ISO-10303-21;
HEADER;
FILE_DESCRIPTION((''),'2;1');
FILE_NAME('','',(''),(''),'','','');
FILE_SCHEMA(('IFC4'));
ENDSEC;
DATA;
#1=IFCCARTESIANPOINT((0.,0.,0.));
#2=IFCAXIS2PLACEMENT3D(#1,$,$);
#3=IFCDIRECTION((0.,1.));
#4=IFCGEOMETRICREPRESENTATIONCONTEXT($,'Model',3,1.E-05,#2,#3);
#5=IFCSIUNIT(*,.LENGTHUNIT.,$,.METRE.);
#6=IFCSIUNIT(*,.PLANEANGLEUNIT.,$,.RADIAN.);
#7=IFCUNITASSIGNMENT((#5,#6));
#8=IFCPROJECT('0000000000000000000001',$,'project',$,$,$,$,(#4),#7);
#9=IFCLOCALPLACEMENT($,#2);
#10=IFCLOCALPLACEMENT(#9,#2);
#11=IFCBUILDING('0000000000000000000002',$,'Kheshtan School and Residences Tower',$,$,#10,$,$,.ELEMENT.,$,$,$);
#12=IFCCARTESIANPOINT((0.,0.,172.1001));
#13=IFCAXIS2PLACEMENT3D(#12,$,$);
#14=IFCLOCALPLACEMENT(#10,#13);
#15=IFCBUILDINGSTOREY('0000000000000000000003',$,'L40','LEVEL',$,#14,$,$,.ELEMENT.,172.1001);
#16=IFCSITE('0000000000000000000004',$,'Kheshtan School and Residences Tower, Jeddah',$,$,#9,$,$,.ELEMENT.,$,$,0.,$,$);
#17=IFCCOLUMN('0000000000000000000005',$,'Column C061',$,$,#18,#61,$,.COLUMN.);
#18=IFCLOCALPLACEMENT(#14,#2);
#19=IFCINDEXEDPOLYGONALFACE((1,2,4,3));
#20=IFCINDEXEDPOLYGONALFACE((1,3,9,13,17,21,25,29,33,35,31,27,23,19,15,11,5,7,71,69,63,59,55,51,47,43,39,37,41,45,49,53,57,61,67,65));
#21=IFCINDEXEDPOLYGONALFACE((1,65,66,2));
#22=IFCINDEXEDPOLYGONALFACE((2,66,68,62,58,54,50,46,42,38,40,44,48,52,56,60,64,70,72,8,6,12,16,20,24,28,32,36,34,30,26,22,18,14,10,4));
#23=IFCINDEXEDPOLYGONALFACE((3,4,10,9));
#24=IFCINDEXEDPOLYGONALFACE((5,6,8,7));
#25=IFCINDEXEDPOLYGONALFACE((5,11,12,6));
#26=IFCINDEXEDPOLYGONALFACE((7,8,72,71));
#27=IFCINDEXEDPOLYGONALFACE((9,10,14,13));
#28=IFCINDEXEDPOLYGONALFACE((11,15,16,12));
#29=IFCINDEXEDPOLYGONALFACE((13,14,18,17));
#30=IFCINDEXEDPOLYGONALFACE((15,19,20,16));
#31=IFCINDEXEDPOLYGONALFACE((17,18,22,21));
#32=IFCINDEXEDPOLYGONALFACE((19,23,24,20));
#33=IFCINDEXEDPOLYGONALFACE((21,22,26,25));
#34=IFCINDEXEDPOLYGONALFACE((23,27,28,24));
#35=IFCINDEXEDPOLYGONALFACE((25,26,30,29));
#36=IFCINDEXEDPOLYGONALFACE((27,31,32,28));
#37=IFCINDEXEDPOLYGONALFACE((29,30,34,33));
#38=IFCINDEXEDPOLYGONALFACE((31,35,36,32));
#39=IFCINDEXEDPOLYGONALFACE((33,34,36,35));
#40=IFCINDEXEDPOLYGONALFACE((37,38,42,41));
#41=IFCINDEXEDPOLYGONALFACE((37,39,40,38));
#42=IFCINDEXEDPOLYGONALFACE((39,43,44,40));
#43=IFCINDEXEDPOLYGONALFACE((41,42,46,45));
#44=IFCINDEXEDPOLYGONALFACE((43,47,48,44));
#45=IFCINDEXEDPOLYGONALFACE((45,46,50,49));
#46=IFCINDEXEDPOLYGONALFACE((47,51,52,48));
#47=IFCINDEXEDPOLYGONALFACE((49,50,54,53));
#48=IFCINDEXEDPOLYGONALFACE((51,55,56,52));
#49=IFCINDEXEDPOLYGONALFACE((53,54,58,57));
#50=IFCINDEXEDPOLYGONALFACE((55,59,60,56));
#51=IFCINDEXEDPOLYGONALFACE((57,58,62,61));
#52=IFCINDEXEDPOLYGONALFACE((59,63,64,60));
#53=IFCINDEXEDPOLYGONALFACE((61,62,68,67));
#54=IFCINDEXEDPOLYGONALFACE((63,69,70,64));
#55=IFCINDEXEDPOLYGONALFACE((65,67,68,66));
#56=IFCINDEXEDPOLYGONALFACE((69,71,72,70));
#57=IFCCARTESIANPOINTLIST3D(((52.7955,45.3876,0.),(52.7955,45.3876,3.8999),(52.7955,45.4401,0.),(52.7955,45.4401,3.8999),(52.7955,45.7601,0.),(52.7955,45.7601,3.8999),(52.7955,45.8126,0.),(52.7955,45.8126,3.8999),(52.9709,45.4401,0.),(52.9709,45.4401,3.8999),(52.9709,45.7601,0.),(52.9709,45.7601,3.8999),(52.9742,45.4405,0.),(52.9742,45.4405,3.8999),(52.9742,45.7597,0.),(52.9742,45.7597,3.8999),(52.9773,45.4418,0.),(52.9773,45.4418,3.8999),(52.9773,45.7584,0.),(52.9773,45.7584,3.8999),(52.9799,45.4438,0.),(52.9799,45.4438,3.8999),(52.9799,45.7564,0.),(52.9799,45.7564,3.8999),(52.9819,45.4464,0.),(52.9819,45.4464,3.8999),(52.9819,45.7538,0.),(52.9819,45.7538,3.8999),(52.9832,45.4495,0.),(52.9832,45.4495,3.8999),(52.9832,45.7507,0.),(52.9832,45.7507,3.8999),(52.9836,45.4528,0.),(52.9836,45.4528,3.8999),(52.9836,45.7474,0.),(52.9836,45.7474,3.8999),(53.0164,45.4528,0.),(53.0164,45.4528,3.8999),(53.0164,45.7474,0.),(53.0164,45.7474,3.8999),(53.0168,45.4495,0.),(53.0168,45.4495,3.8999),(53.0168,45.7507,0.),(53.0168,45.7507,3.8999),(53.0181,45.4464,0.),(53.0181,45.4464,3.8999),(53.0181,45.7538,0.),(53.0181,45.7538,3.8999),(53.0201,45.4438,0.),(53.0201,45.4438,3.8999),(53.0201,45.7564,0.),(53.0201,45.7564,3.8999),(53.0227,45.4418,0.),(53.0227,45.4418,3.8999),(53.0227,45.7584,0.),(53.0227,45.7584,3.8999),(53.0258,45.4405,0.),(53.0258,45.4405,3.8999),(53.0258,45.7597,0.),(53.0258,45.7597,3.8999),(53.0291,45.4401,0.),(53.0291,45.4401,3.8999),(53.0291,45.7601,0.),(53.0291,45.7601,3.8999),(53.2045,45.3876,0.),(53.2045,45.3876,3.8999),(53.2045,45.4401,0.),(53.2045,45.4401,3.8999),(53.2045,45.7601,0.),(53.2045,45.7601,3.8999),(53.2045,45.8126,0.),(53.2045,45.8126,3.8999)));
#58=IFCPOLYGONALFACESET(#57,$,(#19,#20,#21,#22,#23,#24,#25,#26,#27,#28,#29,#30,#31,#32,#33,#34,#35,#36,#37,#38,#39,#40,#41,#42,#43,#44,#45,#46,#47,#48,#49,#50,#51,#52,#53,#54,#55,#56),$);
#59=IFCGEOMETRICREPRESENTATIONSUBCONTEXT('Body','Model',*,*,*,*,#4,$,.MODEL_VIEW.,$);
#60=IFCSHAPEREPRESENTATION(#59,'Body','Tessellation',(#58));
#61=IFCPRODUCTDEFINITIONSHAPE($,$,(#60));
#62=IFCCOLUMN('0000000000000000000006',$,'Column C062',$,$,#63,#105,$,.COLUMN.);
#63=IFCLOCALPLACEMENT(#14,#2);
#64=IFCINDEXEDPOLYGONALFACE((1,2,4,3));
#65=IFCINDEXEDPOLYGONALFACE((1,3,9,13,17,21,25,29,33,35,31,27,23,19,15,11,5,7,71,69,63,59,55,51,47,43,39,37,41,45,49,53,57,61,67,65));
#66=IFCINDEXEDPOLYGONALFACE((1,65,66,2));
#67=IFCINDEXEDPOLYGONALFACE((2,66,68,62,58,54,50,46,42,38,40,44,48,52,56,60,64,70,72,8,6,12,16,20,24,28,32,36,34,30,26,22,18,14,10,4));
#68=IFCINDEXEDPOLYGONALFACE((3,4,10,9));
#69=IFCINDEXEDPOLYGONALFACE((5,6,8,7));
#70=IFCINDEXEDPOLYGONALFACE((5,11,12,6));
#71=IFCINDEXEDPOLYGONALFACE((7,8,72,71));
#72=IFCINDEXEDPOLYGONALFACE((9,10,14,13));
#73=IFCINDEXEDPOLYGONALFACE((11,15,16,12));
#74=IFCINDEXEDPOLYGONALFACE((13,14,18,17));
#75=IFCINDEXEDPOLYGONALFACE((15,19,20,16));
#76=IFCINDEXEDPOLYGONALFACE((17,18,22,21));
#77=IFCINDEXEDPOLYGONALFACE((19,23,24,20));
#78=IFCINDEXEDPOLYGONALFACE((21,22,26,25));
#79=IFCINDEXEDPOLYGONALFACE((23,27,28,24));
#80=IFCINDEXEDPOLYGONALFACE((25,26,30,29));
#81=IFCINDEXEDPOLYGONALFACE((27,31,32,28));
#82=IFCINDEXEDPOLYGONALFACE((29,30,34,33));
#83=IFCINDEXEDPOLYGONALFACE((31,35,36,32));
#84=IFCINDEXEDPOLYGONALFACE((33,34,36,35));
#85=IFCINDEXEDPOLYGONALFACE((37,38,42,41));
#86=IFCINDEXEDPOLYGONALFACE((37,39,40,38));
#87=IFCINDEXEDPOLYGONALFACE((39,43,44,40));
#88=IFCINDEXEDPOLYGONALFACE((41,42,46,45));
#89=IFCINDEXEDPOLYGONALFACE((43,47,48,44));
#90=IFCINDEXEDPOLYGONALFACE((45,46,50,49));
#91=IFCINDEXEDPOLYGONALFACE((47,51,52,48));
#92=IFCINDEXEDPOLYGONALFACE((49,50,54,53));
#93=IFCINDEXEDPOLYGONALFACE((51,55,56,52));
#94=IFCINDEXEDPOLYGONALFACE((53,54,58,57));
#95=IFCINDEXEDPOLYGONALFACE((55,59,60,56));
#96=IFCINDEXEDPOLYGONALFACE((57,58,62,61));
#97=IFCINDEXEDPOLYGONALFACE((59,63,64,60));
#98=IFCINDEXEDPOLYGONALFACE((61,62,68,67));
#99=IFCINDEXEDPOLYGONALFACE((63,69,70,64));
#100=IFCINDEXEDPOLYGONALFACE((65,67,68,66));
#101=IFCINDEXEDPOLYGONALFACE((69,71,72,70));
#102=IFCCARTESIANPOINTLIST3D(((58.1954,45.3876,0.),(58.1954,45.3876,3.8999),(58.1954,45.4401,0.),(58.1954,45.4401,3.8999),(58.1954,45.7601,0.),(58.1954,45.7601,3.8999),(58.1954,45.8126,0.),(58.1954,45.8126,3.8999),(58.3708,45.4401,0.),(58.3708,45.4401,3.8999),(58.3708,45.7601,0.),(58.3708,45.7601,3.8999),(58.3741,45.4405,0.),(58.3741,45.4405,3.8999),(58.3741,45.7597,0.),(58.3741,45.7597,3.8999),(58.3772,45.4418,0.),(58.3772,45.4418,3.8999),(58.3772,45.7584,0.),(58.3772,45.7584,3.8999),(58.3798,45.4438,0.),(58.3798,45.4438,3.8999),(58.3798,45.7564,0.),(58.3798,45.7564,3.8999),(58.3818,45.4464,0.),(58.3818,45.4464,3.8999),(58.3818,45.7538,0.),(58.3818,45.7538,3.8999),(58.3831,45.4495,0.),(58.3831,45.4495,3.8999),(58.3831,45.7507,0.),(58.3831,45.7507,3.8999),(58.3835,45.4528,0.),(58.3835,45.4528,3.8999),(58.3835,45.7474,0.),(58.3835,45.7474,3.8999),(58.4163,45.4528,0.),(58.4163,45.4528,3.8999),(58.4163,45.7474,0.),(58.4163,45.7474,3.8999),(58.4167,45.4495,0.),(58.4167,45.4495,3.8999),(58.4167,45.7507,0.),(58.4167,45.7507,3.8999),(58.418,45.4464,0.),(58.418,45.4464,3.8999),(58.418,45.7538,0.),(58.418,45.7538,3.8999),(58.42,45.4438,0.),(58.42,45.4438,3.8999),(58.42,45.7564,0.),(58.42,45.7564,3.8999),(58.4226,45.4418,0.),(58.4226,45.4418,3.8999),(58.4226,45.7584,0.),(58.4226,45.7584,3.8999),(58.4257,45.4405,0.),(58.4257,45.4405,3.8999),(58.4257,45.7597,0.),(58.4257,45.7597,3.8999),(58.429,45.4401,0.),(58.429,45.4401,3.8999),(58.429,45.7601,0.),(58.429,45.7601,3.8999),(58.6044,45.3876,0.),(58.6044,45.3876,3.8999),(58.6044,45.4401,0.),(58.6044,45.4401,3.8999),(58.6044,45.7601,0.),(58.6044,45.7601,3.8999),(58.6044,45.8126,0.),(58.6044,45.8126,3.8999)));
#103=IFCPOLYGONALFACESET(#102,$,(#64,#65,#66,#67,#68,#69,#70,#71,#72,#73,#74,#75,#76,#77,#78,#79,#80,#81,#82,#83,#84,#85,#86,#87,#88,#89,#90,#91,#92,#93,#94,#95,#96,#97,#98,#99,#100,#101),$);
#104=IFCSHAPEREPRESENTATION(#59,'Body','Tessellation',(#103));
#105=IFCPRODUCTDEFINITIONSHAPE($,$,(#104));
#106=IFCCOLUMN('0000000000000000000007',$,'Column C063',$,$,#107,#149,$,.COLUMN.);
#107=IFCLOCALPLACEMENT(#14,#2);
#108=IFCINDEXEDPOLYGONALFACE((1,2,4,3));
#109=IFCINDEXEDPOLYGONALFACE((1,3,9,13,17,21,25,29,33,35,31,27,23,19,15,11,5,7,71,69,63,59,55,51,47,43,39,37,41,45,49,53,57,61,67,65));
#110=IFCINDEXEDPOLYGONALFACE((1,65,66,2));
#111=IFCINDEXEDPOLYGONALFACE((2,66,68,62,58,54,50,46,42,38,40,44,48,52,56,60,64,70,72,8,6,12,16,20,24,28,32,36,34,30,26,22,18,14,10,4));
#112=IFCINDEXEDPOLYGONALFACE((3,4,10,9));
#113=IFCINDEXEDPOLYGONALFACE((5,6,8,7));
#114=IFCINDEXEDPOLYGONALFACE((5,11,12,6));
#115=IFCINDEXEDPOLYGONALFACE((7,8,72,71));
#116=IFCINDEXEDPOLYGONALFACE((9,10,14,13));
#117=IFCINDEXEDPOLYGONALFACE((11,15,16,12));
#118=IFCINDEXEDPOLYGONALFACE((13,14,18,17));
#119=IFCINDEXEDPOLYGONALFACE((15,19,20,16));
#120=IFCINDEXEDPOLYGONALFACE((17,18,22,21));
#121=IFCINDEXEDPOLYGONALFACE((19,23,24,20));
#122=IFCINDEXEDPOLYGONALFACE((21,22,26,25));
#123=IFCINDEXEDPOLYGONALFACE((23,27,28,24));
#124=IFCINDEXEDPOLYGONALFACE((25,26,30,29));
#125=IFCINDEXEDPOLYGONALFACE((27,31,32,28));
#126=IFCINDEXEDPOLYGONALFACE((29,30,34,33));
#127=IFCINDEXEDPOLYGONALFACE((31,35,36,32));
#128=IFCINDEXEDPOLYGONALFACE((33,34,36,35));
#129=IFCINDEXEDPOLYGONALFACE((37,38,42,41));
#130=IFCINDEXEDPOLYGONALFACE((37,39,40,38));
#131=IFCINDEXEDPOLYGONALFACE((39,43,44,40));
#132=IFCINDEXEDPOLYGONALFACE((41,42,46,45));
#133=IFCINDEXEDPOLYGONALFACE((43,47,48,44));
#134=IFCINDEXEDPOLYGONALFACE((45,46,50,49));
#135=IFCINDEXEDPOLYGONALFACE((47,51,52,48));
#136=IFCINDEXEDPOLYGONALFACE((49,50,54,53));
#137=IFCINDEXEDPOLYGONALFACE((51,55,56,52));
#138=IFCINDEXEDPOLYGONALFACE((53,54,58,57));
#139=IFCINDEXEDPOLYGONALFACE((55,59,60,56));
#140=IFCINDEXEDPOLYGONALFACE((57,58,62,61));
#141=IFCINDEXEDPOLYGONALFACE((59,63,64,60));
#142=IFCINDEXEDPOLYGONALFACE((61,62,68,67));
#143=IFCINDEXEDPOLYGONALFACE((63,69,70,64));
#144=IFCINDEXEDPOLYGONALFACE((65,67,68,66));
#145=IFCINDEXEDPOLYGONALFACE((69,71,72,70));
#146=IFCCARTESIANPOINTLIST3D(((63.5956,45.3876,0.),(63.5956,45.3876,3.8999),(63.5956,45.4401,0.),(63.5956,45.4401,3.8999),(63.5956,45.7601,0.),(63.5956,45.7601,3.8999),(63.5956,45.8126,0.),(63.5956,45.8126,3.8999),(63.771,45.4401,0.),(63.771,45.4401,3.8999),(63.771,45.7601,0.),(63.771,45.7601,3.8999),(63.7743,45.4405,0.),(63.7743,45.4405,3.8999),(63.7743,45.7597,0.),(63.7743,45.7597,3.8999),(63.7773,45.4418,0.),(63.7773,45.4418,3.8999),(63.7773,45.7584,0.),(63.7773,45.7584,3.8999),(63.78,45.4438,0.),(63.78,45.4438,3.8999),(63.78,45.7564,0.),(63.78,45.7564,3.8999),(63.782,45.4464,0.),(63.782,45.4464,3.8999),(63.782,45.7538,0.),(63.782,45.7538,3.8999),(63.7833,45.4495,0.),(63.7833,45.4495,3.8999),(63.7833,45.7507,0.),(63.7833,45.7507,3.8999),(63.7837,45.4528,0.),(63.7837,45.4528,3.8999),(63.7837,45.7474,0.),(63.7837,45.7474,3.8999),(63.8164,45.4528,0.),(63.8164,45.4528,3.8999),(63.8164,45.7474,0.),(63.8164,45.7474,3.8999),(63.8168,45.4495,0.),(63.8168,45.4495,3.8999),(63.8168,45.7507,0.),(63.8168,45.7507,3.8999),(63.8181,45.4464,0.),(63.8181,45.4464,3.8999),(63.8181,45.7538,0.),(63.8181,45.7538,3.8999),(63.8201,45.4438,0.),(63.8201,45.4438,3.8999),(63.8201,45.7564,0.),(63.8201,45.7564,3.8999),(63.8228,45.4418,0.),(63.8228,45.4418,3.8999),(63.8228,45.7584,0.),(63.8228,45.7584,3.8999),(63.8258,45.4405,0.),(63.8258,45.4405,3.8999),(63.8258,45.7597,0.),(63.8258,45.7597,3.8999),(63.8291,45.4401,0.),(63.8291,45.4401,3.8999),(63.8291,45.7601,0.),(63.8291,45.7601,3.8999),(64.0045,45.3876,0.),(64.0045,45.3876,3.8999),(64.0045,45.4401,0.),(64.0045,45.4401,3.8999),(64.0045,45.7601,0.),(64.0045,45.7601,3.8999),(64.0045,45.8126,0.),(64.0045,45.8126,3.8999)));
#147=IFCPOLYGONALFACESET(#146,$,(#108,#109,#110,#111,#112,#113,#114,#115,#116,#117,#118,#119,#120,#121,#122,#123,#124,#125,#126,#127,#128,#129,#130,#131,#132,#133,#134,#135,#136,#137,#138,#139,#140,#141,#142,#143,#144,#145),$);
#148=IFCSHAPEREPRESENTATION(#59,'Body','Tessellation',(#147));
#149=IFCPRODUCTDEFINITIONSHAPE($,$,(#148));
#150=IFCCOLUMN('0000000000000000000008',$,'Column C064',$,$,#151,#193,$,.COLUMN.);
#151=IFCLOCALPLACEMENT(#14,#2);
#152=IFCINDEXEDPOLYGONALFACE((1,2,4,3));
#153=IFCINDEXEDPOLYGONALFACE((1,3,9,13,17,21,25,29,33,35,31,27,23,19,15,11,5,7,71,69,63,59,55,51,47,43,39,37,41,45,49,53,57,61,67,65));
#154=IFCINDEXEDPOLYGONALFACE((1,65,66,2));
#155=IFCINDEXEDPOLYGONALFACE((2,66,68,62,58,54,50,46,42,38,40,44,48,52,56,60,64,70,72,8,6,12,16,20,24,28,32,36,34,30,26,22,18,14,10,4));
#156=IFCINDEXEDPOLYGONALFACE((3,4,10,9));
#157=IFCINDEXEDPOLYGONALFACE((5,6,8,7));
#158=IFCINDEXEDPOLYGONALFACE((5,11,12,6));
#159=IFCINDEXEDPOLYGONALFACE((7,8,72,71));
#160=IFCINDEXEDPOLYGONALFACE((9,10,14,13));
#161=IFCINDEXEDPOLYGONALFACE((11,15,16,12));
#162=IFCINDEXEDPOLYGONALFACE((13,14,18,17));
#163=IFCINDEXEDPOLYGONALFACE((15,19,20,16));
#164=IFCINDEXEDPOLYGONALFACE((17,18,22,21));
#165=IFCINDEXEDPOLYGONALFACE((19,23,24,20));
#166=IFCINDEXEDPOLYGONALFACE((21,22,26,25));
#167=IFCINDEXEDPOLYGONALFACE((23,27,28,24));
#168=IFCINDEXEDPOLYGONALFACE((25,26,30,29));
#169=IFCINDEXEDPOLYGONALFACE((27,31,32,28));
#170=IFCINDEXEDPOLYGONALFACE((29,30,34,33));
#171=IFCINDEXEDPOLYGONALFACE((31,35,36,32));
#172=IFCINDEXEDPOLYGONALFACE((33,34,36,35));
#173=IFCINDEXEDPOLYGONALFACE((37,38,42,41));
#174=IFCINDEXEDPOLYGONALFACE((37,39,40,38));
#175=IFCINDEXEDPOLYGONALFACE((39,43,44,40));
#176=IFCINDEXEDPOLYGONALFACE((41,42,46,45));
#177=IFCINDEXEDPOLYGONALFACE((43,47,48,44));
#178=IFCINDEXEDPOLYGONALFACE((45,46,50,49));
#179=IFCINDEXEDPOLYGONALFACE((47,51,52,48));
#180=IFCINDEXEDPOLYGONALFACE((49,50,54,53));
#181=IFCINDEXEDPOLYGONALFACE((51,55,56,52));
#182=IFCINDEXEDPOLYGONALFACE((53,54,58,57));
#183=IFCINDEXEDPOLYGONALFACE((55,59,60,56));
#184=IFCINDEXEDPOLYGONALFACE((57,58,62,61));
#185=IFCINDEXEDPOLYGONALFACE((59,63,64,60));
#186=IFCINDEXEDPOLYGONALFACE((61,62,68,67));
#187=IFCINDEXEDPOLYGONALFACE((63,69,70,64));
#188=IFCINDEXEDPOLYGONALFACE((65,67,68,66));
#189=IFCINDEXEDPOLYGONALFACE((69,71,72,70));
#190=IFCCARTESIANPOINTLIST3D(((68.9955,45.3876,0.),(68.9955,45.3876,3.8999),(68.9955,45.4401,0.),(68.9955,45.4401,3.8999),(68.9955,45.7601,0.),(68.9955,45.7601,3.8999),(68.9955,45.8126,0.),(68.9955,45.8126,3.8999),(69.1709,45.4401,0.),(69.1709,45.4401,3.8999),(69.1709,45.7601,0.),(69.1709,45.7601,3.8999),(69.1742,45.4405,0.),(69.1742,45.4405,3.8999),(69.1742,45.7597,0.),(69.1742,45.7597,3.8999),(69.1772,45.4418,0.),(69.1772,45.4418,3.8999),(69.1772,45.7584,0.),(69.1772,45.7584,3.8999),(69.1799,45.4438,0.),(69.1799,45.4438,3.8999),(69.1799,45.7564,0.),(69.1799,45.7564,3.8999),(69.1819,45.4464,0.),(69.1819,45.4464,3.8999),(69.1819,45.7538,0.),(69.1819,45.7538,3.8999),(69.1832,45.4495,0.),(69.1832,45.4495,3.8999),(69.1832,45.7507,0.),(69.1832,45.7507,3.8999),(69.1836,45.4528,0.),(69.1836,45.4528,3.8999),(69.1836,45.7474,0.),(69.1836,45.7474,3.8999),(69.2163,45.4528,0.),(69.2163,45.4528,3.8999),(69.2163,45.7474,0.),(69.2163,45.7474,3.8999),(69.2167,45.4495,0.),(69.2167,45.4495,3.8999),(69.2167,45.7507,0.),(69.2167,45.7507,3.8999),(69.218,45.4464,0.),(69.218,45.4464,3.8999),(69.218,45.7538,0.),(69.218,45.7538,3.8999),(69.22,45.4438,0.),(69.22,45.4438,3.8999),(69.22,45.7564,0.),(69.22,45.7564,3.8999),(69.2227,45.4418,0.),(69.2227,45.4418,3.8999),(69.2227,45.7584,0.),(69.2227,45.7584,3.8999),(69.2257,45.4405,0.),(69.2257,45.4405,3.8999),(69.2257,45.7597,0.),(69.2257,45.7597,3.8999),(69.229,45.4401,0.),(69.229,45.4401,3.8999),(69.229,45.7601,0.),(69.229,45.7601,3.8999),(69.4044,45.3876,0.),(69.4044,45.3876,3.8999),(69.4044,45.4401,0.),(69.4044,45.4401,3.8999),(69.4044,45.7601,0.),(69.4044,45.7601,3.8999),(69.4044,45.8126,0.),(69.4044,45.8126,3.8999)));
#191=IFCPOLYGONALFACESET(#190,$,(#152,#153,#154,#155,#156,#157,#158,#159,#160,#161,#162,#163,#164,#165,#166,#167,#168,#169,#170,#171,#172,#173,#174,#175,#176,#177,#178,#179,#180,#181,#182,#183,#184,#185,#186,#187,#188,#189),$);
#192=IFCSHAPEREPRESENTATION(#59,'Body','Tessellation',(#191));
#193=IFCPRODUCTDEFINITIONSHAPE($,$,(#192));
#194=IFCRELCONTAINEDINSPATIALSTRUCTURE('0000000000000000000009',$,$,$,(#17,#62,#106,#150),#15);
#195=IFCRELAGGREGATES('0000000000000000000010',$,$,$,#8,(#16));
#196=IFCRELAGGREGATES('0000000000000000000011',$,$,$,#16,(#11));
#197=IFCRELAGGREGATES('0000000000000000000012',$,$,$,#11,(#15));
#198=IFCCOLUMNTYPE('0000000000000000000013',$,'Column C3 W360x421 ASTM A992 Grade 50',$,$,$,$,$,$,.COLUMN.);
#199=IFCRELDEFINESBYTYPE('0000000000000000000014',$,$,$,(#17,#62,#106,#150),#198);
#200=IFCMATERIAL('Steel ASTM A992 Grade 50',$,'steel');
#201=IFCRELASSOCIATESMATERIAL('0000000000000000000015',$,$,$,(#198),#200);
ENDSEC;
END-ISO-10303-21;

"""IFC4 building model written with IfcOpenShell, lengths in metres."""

from ifc_helpers import new_model, si_unit, direction, frame, origin, origin_2d, place, context, subcontext, project, spatial, i_section, extrude, material, material_profile, profile_set, type_object, element, save


model = new_model("IFC4")

# Units and contexts
model_context = context("Model", 3, precision=1e-05, world=origin(), true_north=direction((0.0, 1.0)))
body_context = subcontext(model_context, "Body", "Model", "MODEL_VIEW")
ifc_project = project(units=[si_unit("LENGTHUNIT", "METRE"), si_unit("PLANEANGLEUNIT", "RADIAN")], contexts=[model_context])

# Site, building, storey
site_placement = place(None, origin())
site = spatial("IfcSite", under=ifc_project, at=site_placement, Name="Kheshtan School and Residences Tower, Jeddah", CompositionType="ELEMENT", RefElevation=0.0)
building_placement = place(site_placement, origin())
building = spatial("IfcBuilding", under=site, at=building_placement, Name="Kheshtan School and Residences Tower", CompositionType="ELEMENT")
storey_placement = place(building_placement, frame((0.0, 0.0, 172.1001)))
storey = spatial("IfcBuildingStorey", under=building, at=storey_placement, Name="L40", Description="LEVEL", CompositionType="ELEMENT", Elevation=172.1001)

# Columns
ifc_material_1 = material(Name="Steel ASTM A992 Grade 50", Category="steel")
ifc_material_profile_1 = material_profile(ifc_material_1, i_section(OverallWidth=0.4089, OverallDepth=0.425, WebThickness=0.0327, FlangeThickness=0.0525, FilletRadius=0.0127, at=origin_2d()), Name="W360x421")
ifc_profile_set_1 = profile_set([ifc_material_profile_1], Name="Steel ASTM A992 Grade 50")
column_type_1 = type_object("IfcColumnType", Name="Column C3 W360x421 ASTM A992 Grade 50", PredefinedType="COLUMN", material=ifc_profile_set_1)
for number, where, z_axis, x_axis, name in (
    (1, (53.0, 45.6001, 0.0), (0.0, 0.0, 1.0), (1.0, 0.0, 0.0), "Column C061"),
    (2, (58.3999, 45.6001, 0.0), (0.0, 0.0, 1.0), (1.0, 0.0, 0.0), "Column C062"),
    (3, (63.8, 45.6001, 0.0), (0.0, 0.0, 1.0), (1.0, 0.0, 0.0), "Column C063"),
    (4, (69.2, 45.6001, 0.0), (0.0, 0.0, 1.0), (1.0, 0.0, 0.0), "Column C064"),
):
    element("IfcColumn", number, at=place(storey_placement, frame(where, z_axis=z_axis, x_axis=x_axis)), inside=storey, type_object=column_type_1, Name=name, PredefinedType="COLUMN", context=body_context, shape_type="SweptSolid", body=[
        extrude(i_section(OverallWidth=0.4089, OverallDepth=0.425, WebThickness=0.0327, FlangeThickness=0.0525, FilletRadius=0.0127, at=origin_2d()), origin(), (0.0, 0.0, 1.0), 3.8999),
    ])

save(model, "model.ifc")
